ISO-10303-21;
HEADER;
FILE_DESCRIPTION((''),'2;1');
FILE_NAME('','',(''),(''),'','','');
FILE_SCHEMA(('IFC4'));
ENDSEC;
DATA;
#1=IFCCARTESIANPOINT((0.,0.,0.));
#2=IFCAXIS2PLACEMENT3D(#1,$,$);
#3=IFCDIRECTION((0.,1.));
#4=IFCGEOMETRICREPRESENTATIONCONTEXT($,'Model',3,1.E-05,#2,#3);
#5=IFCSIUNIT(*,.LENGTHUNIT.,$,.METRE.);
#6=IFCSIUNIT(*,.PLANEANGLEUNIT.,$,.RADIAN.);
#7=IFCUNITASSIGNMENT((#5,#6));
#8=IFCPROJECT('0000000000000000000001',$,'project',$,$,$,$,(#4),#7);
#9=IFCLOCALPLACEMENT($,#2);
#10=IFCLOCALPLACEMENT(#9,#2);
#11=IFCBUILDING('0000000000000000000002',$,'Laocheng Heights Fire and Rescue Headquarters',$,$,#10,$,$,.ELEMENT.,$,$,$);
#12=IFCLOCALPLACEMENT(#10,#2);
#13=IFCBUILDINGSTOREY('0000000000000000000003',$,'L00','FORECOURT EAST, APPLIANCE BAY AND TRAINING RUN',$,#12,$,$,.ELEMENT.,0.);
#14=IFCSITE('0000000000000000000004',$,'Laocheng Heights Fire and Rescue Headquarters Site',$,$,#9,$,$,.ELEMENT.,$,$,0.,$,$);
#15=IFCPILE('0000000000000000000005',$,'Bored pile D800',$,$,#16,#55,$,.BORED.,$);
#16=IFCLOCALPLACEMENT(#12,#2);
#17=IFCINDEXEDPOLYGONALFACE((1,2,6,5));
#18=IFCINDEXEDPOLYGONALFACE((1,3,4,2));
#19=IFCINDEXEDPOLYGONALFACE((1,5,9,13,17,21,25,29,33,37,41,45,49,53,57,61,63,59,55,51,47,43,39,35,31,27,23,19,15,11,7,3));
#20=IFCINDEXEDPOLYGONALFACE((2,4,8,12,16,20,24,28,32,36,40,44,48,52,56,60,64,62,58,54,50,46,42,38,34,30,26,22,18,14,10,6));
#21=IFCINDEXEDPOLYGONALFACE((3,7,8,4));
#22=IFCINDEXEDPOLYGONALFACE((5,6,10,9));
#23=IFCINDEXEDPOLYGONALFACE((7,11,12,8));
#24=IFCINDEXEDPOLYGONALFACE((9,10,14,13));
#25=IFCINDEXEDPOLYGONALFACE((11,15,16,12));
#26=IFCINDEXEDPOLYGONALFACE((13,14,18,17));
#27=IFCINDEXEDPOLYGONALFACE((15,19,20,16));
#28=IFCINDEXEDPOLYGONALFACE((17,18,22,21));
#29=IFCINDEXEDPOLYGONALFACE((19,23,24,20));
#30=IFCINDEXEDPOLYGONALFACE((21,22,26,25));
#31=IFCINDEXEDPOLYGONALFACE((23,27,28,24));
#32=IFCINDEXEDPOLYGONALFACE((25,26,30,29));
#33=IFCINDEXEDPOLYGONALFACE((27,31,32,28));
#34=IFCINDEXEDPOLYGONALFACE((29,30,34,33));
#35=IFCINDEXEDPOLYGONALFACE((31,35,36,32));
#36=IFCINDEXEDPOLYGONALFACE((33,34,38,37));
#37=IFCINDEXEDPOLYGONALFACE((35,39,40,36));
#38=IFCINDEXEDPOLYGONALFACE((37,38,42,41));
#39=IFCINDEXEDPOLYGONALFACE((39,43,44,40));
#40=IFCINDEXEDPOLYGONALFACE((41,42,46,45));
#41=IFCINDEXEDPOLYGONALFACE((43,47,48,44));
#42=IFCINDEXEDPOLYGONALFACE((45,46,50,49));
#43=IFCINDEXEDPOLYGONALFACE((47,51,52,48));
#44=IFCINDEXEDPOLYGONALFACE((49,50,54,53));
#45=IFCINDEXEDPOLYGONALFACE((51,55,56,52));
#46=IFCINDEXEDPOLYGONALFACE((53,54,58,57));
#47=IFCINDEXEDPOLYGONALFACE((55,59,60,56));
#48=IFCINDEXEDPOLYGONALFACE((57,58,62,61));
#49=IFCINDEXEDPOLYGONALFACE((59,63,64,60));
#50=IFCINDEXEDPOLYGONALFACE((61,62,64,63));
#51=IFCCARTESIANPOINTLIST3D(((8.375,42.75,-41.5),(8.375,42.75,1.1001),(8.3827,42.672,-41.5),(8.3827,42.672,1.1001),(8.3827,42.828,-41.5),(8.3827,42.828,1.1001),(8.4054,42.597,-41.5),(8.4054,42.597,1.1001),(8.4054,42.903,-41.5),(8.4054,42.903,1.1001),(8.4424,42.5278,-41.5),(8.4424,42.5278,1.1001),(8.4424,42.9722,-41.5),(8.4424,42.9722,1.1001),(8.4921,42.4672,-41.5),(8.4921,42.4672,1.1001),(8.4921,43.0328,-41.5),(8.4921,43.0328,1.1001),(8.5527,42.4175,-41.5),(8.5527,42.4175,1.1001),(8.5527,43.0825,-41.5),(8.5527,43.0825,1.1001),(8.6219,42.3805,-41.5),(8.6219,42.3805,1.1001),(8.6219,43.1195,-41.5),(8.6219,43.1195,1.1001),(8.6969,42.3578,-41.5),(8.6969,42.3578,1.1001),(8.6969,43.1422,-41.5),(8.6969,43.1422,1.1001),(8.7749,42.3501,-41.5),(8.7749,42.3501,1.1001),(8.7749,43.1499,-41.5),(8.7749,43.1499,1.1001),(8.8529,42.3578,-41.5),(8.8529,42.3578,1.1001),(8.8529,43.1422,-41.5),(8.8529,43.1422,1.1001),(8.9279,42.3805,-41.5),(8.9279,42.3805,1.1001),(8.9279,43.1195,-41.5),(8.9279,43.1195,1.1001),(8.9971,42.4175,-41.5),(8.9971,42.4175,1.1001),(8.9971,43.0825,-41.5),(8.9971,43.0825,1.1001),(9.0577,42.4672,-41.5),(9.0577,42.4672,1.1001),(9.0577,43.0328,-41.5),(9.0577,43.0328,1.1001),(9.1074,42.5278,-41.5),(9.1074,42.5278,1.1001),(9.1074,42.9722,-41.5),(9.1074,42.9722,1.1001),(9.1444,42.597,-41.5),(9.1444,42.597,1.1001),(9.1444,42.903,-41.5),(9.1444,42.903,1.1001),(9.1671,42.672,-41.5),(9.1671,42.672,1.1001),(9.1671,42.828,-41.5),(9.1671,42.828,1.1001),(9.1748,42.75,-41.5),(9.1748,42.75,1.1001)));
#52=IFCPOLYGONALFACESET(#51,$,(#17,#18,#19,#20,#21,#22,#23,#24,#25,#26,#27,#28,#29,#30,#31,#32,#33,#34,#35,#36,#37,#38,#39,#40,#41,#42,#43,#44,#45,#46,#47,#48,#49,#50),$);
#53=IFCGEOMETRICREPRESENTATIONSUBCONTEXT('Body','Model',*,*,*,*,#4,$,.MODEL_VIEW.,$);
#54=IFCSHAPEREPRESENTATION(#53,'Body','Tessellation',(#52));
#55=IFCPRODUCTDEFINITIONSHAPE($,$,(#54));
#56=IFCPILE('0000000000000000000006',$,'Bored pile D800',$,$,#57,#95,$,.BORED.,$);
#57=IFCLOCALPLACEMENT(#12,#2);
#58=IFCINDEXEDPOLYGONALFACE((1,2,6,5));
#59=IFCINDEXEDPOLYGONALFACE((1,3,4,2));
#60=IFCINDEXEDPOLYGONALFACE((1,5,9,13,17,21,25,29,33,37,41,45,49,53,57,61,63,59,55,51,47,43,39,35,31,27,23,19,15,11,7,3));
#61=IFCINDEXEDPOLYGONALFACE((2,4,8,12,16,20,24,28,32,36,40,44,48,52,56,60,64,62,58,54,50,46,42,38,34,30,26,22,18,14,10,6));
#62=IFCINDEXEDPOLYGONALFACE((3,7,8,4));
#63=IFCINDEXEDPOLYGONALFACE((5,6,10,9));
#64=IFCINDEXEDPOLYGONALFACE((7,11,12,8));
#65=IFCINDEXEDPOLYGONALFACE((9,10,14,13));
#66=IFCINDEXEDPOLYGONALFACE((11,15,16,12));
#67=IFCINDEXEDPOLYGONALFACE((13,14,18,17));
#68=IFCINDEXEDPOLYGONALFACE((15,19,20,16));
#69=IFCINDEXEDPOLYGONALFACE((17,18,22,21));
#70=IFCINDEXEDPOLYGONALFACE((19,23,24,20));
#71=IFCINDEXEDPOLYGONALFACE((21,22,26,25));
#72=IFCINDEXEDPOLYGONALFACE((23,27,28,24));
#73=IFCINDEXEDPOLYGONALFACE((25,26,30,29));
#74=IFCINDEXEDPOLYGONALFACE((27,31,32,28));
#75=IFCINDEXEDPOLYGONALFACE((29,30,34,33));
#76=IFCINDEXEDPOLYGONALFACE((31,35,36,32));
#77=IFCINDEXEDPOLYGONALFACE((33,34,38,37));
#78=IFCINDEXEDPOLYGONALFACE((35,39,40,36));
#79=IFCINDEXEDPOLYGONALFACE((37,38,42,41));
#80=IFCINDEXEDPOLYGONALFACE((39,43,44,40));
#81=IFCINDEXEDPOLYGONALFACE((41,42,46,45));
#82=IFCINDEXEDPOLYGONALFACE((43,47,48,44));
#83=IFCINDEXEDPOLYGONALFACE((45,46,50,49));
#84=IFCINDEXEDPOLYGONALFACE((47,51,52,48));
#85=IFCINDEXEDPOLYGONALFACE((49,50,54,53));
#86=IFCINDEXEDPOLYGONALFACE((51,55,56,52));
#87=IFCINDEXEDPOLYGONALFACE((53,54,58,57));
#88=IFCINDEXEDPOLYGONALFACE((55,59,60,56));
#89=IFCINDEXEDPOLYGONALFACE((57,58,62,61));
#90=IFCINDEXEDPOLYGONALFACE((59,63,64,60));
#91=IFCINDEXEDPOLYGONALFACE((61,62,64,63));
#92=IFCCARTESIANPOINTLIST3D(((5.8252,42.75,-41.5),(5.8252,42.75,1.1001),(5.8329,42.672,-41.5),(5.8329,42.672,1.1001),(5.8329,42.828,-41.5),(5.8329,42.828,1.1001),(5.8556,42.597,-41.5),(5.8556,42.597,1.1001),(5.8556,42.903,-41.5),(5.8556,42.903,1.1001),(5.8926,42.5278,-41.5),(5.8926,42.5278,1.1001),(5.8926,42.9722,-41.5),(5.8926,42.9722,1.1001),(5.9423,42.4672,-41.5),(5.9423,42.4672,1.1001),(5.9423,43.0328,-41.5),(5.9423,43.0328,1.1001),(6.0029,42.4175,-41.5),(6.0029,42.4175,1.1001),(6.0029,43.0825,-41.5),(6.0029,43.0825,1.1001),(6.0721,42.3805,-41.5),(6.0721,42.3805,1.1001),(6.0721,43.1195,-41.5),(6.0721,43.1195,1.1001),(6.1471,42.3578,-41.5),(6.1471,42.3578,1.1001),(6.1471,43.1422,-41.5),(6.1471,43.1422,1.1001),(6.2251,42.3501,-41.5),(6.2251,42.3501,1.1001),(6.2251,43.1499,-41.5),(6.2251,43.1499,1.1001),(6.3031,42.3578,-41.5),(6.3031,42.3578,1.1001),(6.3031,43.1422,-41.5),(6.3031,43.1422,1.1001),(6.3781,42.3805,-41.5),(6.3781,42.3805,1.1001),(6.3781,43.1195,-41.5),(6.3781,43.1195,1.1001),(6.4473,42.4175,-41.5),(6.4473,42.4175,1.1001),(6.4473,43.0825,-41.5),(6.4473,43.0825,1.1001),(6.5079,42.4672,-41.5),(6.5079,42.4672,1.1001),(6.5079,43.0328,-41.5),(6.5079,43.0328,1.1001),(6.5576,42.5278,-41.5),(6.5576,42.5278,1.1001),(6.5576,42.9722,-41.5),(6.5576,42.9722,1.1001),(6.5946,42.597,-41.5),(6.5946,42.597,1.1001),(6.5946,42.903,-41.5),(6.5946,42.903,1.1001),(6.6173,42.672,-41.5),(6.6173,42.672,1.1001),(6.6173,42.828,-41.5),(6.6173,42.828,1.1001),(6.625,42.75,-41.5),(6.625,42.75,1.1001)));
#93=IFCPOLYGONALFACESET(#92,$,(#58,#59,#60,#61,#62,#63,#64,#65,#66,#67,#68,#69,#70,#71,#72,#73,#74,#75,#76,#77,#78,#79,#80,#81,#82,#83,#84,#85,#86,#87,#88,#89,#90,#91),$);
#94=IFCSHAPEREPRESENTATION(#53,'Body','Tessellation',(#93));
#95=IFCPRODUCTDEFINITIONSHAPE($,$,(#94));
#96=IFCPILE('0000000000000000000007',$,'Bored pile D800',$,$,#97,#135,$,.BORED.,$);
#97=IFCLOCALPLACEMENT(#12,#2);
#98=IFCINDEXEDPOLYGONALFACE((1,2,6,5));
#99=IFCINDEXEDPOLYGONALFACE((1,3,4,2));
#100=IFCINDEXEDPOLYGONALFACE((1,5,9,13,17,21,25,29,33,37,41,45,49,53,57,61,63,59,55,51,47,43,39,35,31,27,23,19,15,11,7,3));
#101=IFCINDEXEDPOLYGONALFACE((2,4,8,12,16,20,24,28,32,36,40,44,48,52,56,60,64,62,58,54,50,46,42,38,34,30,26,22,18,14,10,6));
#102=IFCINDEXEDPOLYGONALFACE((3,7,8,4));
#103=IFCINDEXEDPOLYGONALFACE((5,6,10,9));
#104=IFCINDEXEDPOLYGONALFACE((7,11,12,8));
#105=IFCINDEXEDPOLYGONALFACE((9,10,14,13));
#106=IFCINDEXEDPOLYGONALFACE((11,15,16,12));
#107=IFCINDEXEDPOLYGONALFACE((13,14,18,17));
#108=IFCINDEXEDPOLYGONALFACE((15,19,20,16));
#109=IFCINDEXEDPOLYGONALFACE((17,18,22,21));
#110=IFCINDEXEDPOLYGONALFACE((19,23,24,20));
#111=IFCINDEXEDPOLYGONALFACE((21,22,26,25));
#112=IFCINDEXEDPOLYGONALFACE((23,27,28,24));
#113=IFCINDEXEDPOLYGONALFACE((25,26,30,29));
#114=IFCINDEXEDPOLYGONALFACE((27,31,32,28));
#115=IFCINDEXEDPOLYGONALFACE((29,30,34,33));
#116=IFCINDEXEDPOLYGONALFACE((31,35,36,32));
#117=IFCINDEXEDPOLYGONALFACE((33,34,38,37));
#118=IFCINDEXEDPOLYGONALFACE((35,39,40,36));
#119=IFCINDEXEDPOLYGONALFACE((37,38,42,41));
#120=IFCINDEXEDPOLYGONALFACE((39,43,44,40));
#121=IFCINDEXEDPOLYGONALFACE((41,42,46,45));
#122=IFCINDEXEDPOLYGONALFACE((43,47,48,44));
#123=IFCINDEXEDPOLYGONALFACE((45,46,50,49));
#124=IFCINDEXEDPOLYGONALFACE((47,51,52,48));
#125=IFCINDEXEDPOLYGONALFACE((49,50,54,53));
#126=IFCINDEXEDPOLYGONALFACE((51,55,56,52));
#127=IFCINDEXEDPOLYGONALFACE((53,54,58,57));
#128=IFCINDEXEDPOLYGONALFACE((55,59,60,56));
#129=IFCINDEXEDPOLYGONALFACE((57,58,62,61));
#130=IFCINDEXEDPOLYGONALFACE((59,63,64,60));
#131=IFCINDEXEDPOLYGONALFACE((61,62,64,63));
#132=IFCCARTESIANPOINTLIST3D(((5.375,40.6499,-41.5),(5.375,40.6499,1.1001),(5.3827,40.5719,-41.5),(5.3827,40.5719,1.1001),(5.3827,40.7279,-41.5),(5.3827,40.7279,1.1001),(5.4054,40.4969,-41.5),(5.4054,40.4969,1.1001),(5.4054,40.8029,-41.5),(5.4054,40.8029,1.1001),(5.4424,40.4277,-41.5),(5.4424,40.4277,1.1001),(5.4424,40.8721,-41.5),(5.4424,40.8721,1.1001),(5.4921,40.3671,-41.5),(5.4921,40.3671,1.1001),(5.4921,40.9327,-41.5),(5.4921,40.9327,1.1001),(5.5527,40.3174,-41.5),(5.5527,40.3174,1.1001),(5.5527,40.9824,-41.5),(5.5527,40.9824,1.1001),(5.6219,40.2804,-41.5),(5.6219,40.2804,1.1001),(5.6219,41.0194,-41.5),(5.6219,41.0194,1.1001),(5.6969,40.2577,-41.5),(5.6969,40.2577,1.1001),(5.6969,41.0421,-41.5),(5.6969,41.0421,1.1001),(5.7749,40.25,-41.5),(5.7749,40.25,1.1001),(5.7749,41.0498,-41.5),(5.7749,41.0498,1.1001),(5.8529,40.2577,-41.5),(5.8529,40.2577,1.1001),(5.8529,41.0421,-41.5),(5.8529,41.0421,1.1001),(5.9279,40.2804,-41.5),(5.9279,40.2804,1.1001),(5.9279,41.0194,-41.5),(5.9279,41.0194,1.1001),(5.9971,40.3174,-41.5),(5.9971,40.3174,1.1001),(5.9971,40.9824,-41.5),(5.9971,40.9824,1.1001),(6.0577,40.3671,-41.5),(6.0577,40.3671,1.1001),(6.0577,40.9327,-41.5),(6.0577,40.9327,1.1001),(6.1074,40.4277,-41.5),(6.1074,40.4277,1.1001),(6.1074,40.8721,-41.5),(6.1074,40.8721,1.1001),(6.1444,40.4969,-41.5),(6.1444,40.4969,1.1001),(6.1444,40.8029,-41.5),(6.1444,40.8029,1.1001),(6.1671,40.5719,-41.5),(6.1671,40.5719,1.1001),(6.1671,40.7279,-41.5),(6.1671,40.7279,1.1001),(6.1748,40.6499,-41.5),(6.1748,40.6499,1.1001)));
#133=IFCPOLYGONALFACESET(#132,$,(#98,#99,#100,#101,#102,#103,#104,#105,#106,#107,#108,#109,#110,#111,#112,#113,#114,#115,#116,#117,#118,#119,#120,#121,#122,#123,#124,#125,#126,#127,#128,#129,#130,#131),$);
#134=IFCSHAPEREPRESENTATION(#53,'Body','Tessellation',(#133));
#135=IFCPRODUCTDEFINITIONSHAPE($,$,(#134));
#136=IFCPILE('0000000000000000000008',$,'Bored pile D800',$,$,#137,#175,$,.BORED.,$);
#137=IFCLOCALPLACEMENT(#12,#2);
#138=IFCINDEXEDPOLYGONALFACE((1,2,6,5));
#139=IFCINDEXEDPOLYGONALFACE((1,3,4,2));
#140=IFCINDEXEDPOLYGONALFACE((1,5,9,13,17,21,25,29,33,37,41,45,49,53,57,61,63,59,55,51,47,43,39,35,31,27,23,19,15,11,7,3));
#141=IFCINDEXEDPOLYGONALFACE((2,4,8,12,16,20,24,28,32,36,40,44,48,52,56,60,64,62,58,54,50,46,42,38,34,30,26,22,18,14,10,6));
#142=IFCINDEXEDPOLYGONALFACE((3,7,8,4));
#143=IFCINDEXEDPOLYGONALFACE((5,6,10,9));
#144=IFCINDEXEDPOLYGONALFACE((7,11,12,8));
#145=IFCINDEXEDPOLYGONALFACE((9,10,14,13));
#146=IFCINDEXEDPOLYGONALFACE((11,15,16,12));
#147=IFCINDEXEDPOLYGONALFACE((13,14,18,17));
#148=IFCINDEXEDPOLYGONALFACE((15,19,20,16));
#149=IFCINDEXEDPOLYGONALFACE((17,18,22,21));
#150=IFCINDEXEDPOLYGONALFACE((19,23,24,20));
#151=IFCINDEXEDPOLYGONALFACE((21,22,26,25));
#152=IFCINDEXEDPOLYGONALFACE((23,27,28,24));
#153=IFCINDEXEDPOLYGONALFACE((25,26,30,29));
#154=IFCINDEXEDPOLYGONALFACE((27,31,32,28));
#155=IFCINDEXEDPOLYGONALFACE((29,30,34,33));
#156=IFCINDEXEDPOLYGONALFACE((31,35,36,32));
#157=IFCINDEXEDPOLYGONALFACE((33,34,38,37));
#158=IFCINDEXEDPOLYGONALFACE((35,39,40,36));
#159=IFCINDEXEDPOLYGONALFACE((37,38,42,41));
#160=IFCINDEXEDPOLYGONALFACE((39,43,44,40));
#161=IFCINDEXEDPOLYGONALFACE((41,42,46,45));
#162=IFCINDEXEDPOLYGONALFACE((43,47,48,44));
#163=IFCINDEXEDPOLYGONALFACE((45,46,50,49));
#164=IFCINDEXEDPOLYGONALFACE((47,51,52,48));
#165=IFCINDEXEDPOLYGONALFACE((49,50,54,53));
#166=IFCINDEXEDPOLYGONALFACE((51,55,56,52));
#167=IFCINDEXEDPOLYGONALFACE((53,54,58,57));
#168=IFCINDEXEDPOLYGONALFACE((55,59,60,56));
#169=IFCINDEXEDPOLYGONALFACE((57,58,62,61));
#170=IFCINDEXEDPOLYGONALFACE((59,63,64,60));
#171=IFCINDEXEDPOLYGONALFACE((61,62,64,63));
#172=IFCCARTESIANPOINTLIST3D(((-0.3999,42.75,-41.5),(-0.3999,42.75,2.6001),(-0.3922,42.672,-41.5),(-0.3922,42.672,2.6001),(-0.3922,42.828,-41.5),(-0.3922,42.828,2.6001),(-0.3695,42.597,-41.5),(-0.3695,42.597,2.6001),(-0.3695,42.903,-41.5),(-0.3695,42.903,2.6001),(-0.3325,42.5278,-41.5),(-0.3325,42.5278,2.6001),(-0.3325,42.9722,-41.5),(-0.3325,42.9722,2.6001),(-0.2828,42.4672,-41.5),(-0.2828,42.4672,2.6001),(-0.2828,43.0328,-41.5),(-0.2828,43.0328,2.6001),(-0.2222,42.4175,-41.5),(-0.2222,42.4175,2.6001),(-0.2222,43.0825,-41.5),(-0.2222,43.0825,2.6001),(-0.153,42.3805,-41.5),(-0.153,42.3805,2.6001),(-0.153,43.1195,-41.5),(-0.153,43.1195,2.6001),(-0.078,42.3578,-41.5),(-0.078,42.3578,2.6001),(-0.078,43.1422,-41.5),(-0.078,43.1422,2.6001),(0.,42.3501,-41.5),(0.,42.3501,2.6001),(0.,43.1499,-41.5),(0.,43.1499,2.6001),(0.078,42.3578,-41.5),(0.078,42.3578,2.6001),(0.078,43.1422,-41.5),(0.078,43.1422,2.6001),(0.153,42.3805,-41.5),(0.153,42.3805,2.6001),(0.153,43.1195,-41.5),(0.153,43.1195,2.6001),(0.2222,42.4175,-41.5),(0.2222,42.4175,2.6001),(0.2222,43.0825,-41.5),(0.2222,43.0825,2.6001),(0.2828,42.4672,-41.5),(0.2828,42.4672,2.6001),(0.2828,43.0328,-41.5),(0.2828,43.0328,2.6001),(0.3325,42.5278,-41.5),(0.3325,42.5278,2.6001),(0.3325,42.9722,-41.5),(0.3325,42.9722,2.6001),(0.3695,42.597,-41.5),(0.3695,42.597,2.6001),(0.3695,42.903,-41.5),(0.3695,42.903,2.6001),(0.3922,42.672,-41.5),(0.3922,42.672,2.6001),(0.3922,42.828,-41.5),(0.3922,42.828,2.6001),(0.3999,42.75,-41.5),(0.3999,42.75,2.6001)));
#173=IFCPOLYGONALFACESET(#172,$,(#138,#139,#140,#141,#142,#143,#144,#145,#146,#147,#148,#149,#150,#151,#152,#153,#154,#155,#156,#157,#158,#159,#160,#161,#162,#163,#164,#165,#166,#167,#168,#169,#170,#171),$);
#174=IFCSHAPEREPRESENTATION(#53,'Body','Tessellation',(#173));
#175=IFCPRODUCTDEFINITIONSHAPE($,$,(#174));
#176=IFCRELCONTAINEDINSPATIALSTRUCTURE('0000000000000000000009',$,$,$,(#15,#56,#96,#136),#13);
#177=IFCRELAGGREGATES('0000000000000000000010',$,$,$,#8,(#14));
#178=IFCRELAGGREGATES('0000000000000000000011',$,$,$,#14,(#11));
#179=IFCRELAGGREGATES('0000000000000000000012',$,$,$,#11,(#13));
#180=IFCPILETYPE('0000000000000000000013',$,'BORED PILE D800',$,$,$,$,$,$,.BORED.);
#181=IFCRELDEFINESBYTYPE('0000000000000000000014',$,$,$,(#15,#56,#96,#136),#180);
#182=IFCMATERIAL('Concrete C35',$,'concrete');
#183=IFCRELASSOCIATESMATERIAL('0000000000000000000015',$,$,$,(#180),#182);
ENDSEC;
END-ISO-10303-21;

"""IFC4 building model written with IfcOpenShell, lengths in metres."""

from ifc_helpers import new_model, si_unit, direction, frame, origin, origin_2d, place, context, subcontext, project, spatial, circle, extrude, material, material_profile, profile_set, type_object, element, save


model = new_model("IFC4")

# Units and contexts
model_context = context("Model", 3, precision=1e-05, world=origin(), true_north=direction((0.0, 1.0)))
body_context = subcontext(model_context, "Body", "Model", "MODEL_VIEW")
ifc_project = project(units=[si_unit("LENGTHUNIT", "METRE"), si_unit("PLANEANGLEUNIT", "RADIAN")], contexts=[model_context])

# Site, building, storey
site_placement = place(None, origin())
site = spatial("IfcSite", under=ifc_project, at=site_placement, Name="Laocheng Heights Fire and Rescue Headquarters Site", CompositionType="ELEMENT", RefElevation=0.0)
building_placement = place(site_placement, origin())
building = spatial("IfcBuilding", under=site, at=building_placement, Name="Laocheng Heights Fire and Rescue Headquarters", CompositionType="ELEMENT")
storey_placement = place(building_placement, origin())
storey = spatial("IfcBuildingStorey", under=building, at=storey_placement, Name="L00", Description="FORECOURT EAST, APPLIANCE BAY AND TRAINING RUN", CompositionType="ELEMENT", Elevation=0.0)

# Piles
ifc_material_1 = material(Name="Concrete C35", Category="concrete")
ifc_material_profile_1 = material_profile(ifc_material_1, circle(Radius=0.3999, at=origin_2d()), Name="BORED PILE D800")
ifc_profile_set_1 = profile_set([ifc_material_profile_1], Name="Concrete C35")
pile_type = type_object("IfcPileType", Name="BORED PILE D800", PredefinedType="BORED", material=ifc_profile_set_1)
for number, where, z_axis, x_axis, name in (
    (1, (8.7749, 42.75, 1.1001), (0.0, 0.0, -1.0), (1.0, 0.0, 0.0), "Bored pile D800"),
    (2, (6.2251, 42.75, 1.1001), (0.0, 0.0, -1.0), (1.0, 0.0, 0.0), "Bored pile D800"),
    (3, (5.7749, 40.6499, 1.1001), (0.0, 0.0, -1.0), (1.0, 0.0, 0.0), "Bored pile D800"),
):
    element("IfcPile", number, at=place(storey_placement, frame(where, z_axis=z_axis, x_axis=x_axis)), inside=storey, type_object=pile_type, Name=name, PredefinedType="BORED", context=body_context, shape_type="SweptSolid", body=[
        extrude(circle(Radius=0.3999, at=origin_2d()), origin(), (0.0, 0.0, 1.0), 42.6001),
    ])
for number, where, z_axis, x_axis, name in (
    (4, (0.0, 42.75, 2.6001), (0.0, 0.0, -1.0), (1.0, 0.0, 0.0), "Bored pile D800"),
):
    element("IfcPile", number, at=place(storey_placement, frame(where, z_axis=z_axis, x_axis=x_axis)), inside=storey, type_object=pile_type, Name=name, PredefinedType="BORED", context=body_context, shape_type="SweptSolid", body=[
        extrude(circle(Radius=0.3999, at=origin_2d()), origin(), (0.0, 0.0, 1.0), 44.1001),
    ])

save(model, "model.ifc")
